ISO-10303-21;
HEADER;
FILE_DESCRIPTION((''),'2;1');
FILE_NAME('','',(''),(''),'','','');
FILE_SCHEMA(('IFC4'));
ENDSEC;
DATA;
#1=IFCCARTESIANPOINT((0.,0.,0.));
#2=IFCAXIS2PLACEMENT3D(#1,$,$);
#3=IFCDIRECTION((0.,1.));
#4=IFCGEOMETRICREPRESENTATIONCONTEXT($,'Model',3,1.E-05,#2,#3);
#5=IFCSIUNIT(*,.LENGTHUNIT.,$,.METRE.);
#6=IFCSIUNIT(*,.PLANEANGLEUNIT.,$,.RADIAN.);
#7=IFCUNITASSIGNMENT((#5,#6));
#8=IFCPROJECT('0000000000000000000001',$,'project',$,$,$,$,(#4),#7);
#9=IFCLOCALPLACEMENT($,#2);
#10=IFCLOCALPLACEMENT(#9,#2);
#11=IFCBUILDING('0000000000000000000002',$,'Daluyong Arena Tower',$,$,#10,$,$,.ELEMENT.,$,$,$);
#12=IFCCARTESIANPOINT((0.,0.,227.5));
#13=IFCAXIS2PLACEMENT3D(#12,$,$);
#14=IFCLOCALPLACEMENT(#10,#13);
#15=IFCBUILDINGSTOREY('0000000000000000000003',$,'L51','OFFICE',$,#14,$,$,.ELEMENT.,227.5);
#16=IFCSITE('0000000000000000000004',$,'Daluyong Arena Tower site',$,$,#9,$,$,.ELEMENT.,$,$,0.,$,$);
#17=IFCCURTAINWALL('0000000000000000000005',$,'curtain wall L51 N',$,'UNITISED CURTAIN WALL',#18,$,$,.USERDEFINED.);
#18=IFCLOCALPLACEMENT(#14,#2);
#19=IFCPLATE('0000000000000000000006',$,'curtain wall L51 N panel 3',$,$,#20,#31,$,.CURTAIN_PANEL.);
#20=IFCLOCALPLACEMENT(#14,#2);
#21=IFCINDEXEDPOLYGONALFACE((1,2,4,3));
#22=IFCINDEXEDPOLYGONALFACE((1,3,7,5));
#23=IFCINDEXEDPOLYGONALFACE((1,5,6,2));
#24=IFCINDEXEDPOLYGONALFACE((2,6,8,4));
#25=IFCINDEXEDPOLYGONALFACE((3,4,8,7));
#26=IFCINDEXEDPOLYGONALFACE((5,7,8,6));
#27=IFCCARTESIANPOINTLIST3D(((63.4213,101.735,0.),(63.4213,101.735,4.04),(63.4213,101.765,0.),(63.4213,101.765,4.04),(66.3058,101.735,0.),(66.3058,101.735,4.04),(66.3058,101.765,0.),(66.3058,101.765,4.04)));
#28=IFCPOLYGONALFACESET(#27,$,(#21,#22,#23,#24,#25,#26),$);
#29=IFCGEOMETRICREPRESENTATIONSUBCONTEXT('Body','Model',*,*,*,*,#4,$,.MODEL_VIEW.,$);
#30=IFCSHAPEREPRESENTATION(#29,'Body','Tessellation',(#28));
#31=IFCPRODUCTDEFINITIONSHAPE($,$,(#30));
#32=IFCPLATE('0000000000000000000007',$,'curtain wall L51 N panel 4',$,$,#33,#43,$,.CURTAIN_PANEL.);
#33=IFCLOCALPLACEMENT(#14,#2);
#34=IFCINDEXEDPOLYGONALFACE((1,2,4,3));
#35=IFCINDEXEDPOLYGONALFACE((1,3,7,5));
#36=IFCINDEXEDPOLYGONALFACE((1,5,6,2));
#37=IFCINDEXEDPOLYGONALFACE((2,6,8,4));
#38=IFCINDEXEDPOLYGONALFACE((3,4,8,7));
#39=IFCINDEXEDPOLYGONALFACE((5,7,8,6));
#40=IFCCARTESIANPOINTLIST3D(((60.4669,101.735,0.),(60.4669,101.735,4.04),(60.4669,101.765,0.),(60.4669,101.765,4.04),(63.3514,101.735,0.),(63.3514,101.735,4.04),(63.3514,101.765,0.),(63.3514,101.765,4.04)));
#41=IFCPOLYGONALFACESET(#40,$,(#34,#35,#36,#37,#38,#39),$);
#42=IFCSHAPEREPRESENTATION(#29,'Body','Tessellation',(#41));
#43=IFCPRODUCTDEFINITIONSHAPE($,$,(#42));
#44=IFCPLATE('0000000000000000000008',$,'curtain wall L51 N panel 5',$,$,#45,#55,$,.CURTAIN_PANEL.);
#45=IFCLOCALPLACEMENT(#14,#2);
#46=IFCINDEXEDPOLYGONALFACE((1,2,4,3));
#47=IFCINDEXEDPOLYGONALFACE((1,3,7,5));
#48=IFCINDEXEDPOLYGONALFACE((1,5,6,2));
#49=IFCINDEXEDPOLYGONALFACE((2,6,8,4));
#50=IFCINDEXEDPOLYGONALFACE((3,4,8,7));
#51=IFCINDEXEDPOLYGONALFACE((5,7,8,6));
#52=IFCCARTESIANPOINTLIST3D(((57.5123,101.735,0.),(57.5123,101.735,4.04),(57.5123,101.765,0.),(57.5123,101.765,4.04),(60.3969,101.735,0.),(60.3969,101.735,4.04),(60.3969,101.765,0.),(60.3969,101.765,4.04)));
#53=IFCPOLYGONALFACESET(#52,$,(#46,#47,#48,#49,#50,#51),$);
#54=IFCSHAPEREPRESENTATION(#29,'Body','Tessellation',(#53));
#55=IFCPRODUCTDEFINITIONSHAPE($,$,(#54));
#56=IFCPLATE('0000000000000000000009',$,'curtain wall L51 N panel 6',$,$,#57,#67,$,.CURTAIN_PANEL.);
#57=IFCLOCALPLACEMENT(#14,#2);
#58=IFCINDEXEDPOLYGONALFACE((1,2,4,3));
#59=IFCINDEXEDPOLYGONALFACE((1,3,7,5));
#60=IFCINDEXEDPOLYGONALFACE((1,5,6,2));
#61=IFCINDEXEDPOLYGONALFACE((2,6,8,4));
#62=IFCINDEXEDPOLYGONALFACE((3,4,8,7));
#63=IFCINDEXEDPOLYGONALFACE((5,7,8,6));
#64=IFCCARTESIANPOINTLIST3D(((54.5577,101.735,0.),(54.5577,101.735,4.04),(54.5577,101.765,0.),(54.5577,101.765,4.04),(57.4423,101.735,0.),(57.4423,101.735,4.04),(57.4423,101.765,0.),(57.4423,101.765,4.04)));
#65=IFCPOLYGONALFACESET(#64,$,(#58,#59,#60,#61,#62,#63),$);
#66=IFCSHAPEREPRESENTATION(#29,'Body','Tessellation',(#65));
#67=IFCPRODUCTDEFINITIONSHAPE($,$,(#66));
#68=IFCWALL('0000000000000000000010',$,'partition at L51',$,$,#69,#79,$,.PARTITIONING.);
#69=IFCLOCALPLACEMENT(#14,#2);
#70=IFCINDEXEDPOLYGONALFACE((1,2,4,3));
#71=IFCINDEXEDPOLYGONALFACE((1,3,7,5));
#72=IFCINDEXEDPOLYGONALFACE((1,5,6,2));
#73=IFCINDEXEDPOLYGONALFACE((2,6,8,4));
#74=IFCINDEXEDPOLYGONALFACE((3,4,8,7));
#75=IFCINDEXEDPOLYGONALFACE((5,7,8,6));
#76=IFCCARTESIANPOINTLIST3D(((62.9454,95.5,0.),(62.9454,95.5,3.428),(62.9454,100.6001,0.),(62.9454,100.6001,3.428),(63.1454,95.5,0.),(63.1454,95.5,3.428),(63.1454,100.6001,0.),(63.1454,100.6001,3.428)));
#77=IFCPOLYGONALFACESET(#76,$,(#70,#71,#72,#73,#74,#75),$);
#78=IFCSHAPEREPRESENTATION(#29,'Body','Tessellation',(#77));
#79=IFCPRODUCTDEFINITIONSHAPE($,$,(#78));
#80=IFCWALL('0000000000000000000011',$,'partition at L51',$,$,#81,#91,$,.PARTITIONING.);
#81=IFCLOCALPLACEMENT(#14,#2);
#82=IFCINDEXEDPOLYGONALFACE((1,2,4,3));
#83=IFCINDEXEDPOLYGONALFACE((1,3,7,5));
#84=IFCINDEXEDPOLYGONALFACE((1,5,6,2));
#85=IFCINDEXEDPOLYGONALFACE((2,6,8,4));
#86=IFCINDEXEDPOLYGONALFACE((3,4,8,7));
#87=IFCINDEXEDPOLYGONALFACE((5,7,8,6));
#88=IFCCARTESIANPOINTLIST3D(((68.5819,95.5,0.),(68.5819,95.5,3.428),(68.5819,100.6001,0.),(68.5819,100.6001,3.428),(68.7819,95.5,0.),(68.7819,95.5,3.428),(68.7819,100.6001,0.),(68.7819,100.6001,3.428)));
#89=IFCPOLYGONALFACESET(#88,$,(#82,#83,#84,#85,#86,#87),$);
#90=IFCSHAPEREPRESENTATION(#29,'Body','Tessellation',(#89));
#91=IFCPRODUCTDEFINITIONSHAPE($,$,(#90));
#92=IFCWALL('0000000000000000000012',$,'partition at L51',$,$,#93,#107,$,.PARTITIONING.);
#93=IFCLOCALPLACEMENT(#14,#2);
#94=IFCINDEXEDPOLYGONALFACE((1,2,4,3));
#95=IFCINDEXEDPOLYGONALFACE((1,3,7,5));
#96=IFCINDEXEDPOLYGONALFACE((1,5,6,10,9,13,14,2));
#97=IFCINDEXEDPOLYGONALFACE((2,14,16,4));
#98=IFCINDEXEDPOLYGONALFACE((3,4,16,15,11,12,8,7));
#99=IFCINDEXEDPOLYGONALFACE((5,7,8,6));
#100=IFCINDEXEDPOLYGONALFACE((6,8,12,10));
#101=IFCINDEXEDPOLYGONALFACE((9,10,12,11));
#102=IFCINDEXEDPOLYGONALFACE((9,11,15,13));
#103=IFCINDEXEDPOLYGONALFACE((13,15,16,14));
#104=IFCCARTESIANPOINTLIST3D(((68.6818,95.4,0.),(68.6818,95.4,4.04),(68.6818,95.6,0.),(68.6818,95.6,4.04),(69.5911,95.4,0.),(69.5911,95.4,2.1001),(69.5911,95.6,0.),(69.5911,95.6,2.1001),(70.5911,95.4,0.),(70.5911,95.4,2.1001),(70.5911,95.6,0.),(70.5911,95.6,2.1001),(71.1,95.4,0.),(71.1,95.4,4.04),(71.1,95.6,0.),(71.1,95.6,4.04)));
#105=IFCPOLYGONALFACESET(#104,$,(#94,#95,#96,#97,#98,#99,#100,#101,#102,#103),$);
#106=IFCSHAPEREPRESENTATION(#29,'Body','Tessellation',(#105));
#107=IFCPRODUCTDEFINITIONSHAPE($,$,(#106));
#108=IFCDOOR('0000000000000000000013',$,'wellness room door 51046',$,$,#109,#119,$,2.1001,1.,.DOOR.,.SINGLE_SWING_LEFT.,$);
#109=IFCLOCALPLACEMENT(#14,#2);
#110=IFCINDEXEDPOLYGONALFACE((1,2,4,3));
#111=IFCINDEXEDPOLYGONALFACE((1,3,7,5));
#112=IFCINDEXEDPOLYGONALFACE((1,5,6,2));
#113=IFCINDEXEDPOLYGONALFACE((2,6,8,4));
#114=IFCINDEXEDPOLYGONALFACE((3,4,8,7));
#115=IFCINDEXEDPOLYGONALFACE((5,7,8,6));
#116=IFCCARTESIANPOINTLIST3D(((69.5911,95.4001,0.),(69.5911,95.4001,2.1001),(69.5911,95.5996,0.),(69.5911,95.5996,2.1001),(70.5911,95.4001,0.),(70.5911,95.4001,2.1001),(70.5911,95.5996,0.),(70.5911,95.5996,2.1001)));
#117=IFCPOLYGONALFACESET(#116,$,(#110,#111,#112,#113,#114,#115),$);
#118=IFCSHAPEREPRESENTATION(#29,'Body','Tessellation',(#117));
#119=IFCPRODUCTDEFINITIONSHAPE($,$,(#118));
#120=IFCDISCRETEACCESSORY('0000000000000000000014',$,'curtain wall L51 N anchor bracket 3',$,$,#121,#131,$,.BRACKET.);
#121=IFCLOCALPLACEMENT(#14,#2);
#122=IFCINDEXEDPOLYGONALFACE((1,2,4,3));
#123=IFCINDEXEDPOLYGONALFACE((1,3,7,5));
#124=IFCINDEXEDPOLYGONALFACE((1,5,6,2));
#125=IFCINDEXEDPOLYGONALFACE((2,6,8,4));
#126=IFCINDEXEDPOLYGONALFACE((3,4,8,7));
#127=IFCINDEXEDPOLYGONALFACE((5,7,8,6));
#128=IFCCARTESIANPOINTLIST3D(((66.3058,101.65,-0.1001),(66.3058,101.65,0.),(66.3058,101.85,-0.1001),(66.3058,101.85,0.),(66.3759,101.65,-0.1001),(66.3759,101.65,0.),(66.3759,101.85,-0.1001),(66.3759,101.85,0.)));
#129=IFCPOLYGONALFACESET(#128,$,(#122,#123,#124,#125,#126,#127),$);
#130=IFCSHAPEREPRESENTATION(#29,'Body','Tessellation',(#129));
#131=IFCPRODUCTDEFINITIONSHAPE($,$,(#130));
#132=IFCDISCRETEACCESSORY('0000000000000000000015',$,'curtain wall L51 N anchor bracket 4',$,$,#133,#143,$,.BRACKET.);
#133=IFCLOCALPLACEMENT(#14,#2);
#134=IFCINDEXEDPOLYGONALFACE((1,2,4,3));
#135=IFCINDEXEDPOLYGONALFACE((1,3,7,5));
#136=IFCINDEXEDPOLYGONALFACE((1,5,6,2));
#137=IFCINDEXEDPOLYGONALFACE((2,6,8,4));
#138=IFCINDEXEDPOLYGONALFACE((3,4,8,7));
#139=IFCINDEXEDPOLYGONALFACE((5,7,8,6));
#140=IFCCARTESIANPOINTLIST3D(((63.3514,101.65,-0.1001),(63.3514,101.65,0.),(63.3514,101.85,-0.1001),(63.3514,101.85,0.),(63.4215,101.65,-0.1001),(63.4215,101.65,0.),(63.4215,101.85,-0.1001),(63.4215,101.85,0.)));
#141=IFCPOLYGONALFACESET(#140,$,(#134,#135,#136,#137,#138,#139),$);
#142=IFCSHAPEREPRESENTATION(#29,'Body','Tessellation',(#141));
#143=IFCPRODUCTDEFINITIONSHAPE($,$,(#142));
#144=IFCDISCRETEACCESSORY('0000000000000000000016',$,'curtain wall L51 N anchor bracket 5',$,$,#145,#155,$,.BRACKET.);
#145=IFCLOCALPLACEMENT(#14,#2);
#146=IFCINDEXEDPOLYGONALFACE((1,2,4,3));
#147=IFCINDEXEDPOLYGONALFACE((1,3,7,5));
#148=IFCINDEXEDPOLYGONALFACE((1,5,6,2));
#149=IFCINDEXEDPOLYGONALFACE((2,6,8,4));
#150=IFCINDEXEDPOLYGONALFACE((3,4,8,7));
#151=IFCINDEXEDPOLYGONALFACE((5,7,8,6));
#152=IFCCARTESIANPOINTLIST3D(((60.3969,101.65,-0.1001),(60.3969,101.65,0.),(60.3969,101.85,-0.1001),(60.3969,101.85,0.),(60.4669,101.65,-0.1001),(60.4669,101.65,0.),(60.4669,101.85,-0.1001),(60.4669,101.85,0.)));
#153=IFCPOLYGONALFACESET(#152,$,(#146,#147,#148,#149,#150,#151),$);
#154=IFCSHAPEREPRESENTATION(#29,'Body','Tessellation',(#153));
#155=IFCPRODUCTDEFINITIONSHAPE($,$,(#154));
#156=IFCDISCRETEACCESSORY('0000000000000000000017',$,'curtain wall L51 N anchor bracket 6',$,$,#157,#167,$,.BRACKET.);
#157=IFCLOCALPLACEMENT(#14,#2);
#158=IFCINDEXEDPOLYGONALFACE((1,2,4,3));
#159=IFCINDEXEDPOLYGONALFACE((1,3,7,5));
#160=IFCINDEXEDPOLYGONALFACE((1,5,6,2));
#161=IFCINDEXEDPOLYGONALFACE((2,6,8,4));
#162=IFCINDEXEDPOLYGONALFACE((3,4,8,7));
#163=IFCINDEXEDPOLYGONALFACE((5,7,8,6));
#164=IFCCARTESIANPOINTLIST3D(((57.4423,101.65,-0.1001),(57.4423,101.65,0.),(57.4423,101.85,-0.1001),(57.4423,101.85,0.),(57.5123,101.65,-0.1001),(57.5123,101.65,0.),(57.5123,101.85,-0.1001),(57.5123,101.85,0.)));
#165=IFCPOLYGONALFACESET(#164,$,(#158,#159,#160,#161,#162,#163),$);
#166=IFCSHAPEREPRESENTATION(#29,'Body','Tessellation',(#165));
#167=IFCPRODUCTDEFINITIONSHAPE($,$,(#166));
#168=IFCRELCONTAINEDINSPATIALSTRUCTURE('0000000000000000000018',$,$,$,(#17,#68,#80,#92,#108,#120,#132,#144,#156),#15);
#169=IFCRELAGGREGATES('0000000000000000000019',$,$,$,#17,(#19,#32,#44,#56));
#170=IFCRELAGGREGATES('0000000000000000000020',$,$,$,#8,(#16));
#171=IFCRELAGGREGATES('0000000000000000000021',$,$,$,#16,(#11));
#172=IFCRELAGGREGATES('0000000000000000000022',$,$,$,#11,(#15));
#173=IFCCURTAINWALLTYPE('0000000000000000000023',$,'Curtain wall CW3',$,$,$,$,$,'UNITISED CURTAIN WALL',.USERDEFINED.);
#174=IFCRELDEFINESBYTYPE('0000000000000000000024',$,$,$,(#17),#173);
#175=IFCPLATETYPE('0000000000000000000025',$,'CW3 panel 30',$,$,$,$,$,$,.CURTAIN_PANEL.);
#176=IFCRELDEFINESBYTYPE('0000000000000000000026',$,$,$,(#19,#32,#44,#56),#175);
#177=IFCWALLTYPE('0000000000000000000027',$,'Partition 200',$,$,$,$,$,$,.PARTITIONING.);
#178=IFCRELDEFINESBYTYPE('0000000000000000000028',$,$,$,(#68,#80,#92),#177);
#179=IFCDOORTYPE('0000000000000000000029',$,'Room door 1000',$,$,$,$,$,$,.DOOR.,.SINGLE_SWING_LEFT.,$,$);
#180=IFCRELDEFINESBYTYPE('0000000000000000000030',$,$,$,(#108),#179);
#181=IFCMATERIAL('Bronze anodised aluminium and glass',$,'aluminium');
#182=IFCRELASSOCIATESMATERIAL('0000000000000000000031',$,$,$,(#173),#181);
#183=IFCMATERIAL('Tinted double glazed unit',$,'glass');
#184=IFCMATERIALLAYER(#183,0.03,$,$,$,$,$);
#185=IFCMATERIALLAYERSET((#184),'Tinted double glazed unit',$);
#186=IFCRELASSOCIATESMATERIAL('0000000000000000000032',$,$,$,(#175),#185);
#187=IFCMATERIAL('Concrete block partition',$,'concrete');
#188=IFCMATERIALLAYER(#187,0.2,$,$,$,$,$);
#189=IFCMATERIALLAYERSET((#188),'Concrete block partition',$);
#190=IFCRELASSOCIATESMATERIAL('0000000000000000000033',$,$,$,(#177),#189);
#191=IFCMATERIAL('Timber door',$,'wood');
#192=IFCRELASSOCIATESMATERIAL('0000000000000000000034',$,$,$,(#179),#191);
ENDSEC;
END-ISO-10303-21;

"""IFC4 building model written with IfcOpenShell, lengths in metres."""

from ifc_helpers import new_model, si_unit, direction, frame, frame_2d, origin, origin_2d, place, context, subcontext, project, spatial, rectangle, extrude, material, layer, layer_set, type_object, element, fill, aggregate, save


model = new_model("IFC4")

# Units and contexts
model_context = context("Model", 3, precision=1e-05, world=origin(), true_north=direction((0.0, 1.0)))
body_context = subcontext(model_context, "Body", "Model", "MODEL_VIEW")
ifc_project = project(units=[si_unit("LENGTHUNIT", "METRE"), si_unit("PLANEANGLEUNIT", "RADIAN")], contexts=[model_context])

# Site, building, storey
site_placement = place(None, origin())
site = spatial("IfcSite", under=ifc_project, at=site_placement, Name="Daluyong Arena Tower site", CompositionType="ELEMENT", RefElevation=0.0)
building_placement = place(site_placement, origin())
building = spatial("IfcBuilding", under=site, at=building_placement, Name="Daluyong Arena Tower", CompositionType="ELEMENT")
storey_placement = place(building_placement, frame((0.0, 0.0, 227.5)))
storey = spatial("IfcBuildingStorey", under=building, at=storey_placement, Name="L51", Description="OFFICE", CompositionType="ELEMENT", Elevation=227.5)

# Curtain wall
ifc_material_1 = material(Name="Bronze anodised aluminium and glass", Category="aluminium")
curtain_wall_type = type_object("IfcCurtainWallType", Name="Curtain wall CW3", ElementType="UNITISED CURTAIN WALL", PredefinedType="USERDEFINED", material=ifc_material_1)
curtain_wall_placement = place(storey_placement, origin())
curtain_wall = element("IfcCurtainWall", 1, at=curtain_wall_placement, inside=storey, type_object=curtain_wall_type, Name="curtain wall L51 N", ObjectType="UNITISED CURTAIN WALL", PredefinedType="USERDEFINED")

# Plates
ifc_material_2 = material(Name="Tinted double glazed unit", Category="glass")
ifc_layer_1 = layer(ifc_material_2, 0.03)
ifc_layer_set_1 = layer_set([ifc_layer_1], Name="Tinted double glazed unit")
plate_type = type_object("IfcPlateType", Name="CW3 panel 30", PredefinedType="CURTAIN_PANEL", material=ifc_layer_set_1)
plate_1_placement = place(storey_placement, frame((64.8635, 101.75, 0.0), z_axis=(0.0, 0.0, 1.0), x_axis=(-1.0, 0.0, 0.0)))
plate_1 = element("IfcPlate", 2, at=plate_1_placement, type_object=plate_type, Name="curtain wall L51 N panel 3", PredefinedType="CURTAIN_PANEL", context=body_context, shape_type="SweptSolid", body=[
    extrude(rectangle(XDim=2.8845, YDim=0.03, at=origin_2d()), origin(), (0.0, 0.0, 1.0), 4.04),
])
plate_2_placement = place(storey_placement, frame((61.9092, 101.75, 0.0), z_axis=(0.0, 0.0, 1.0), x_axis=(-1.0, 0.0, 0.0)))
plate_2 = element("IfcPlate", 3, at=plate_2_placement, type_object=plate_type, Name="curtain wall L51 N panel 4", PredefinedType="CURTAIN_PANEL", context=body_context, shape_type="SweptSolid", body=[
    extrude(rectangle(XDim=2.8845, YDim=0.03, at=origin_2d()), origin(), (0.0, 0.0, 1.0), 4.04),
])
plate_3_placement = place(storey_placement, frame((58.9546, 101.75, 0.0), z_axis=(0.0, 0.0, 1.0), x_axis=(-1.0, 0.0, 0.0)))
plate_3 = element("IfcPlate", 4, at=plate_3_placement, type_object=plate_type, Name="curtain wall L51 N panel 5", PredefinedType="CURTAIN_PANEL", context=body_context, shape_type="SweptSolid", body=[
    extrude(rectangle(XDim=2.8845, YDim=0.03, at=origin_2d()), origin(), (0.0, 0.0, 1.0), 4.04),
])
plate_4_placement = place(storey_placement, frame((56.0, 101.75, 0.0), z_axis=(0.0, 0.0, 1.0), x_axis=(-1.0, 0.0, 0.0)))
plate_4 = element("IfcPlate", 5, at=plate_4_placement, type_object=plate_type, Name="curtain wall L51 N panel 6", PredefinedType="CURTAIN_PANEL", context=body_context, shape_type="SweptSolid", body=[
    extrude(rectangle(XDim=2.8845, YDim=0.03, at=origin_2d()), origin(), (0.0, 0.0, 1.0), 4.04),
])
aggregate(curtain_wall, [plate_1, plate_2, plate_3, plate_4])

# Walls
ifc_material_3 = material(Name="Concrete block partition", Category="concrete")
ifc_layer_2 = layer(ifc_material_3, 0.2)
ifc_layer_set_2 = layer_set([ifc_layer_2], Name="Concrete block partition")
wall_type = type_object("IfcWallType", Name="Partition 200", PredefinedType="PARTITIONING", material=ifc_layer_set_2)
for number, where, z_axis, x_axis, name in (
    (6, (63.0454, 95.5, 0.0), (0.0, 0.0, 1.0), (0.0, 1.0, 0.0), "partition at L51"),
    (7, (68.6819, 95.5, 0.0), (0.0, 0.0, 1.0), (0.0, 1.0, 0.0), "partition at L51"),
):
    element("IfcWall", number, at=place(storey_placement, frame(where, z_axis=z_axis, x_axis=x_axis)), inside=storey, type_object=wall_type, Name=name, PredefinedType="PARTITIONING", context=body_context, shape_type="SweptSolid", body=[
        extrude(rectangle(XDim=5.1001, YDim=0.2, at=frame_2d((2.55, 0.0))), origin(), (0.0, 0.0, 1.0), 3.428),
    ])

# Wall, opening, door
wall_placement = place(storey_placement, frame((68.6819, 95.5, 0.0), z_axis=(0.0, 0.0, 1.0), x_axis=(1.0, 0.0, 0.0)))
wall = element("IfcWall", 8, at=wall_placement, inside=storey, type_object=wall_type, Name="partition at L51", PredefinedType="PARTITIONING", context=body_context, shape_type="SweptSolid", body=[
    extrude(rectangle(XDim=2.4182, YDim=0.2, at=frame_2d((1.209, 0.0))), origin(), (0.0, 0.0, 1.0), 4.04),
])
opening_placement = place(wall_placement, frame((0.9092, 0.0, 0.0)))
opening = element("IfcOpeningElement", 9, at=opening_placement, cuts=wall, PredefinedType="OPENING", context=body_context, shape_type="SweptSolid", body=[
    extrude(rectangle(XDim=1.0, YDim=2.1001, at=frame_2d((0.5, 1.05))), frame((0.0, 0.1099, 0.0), z_axis=(0.0, -1.0, 0.0), x_axis=(1.0, 0.0, 0.0)), (0.0, 0.0, 1.0), 0.22),
])
ifc_material_4 = material(Name="Timber door", Category="wood")
door_type = type_object("IfcDoorType", Name="Room door 1000", OperationType="SINGLE_SWING_LEFT", PredefinedType="DOOR", material=ifc_material_4)
door_placement = place(opening_placement, origin())
door = element("IfcDoor", 10, at=door_placement, inside=storey, type_object=door_type, Name="wellness room door 51046", OperationType="SINGLE_SWING_LEFT", OverallHeight=2.1001, OverallWidth=1.0, PredefinedType="DOOR", context=body_context, shape_type="SweptSolid", body=[
    extrude(rectangle(XDim=1.0, YDim=2.1001, at=frame_2d((0.5, 1.05))), frame((0.0, 0.0996, 0.0), z_axis=(0.0, -1.0, 0.0), x_axis=(1.0, 0.0, 0.0)), (0.0, 0.0, 1.0), 0.1995),
])
fill(opening, door)

# Discrete accessories
for number, where, z_axis, x_axis, name in (
    (11, (66.3408, 101.75, -0.1001), (0.0, 0.0, 1.0), (-1.0, 0.0, 0.0), "curtain wall L51 N anchor bracket 3"),
    (12, (63.3865, 101.75, -0.1001), (0.0, 0.0, 1.0), (-1.0, 0.0, 0.0), "curtain wall L51 N anchor bracket 4"),
    (13, (60.4319, 101.75, -0.1001), (0.0, 0.0, 1.0), (-1.0, 0.0, 0.0), "curtain wall L51 N anchor bracket 5"),
    (14, (57.4773, 101.75, -0.1001), (0.0, 0.0, 1.0), (-1.0, 0.0, 0.0), "curtain wall L51 N anchor bracket 6"),
):
    element("IfcDiscreteAccessory", number, at=place(storey_placement, frame(where, z_axis=z_axis, x_axis=x_axis)), inside=storey, Name=name, PredefinedType="BRACKET", context=body_context, shape_type="SweptSolid", body=[
        extrude(rectangle(XDim=0.0701, YDim=0.2, at=origin_2d()), origin(), (0.0, 0.0, 1.0), 0.1001),
    ])

save(model, "model.ifc")
